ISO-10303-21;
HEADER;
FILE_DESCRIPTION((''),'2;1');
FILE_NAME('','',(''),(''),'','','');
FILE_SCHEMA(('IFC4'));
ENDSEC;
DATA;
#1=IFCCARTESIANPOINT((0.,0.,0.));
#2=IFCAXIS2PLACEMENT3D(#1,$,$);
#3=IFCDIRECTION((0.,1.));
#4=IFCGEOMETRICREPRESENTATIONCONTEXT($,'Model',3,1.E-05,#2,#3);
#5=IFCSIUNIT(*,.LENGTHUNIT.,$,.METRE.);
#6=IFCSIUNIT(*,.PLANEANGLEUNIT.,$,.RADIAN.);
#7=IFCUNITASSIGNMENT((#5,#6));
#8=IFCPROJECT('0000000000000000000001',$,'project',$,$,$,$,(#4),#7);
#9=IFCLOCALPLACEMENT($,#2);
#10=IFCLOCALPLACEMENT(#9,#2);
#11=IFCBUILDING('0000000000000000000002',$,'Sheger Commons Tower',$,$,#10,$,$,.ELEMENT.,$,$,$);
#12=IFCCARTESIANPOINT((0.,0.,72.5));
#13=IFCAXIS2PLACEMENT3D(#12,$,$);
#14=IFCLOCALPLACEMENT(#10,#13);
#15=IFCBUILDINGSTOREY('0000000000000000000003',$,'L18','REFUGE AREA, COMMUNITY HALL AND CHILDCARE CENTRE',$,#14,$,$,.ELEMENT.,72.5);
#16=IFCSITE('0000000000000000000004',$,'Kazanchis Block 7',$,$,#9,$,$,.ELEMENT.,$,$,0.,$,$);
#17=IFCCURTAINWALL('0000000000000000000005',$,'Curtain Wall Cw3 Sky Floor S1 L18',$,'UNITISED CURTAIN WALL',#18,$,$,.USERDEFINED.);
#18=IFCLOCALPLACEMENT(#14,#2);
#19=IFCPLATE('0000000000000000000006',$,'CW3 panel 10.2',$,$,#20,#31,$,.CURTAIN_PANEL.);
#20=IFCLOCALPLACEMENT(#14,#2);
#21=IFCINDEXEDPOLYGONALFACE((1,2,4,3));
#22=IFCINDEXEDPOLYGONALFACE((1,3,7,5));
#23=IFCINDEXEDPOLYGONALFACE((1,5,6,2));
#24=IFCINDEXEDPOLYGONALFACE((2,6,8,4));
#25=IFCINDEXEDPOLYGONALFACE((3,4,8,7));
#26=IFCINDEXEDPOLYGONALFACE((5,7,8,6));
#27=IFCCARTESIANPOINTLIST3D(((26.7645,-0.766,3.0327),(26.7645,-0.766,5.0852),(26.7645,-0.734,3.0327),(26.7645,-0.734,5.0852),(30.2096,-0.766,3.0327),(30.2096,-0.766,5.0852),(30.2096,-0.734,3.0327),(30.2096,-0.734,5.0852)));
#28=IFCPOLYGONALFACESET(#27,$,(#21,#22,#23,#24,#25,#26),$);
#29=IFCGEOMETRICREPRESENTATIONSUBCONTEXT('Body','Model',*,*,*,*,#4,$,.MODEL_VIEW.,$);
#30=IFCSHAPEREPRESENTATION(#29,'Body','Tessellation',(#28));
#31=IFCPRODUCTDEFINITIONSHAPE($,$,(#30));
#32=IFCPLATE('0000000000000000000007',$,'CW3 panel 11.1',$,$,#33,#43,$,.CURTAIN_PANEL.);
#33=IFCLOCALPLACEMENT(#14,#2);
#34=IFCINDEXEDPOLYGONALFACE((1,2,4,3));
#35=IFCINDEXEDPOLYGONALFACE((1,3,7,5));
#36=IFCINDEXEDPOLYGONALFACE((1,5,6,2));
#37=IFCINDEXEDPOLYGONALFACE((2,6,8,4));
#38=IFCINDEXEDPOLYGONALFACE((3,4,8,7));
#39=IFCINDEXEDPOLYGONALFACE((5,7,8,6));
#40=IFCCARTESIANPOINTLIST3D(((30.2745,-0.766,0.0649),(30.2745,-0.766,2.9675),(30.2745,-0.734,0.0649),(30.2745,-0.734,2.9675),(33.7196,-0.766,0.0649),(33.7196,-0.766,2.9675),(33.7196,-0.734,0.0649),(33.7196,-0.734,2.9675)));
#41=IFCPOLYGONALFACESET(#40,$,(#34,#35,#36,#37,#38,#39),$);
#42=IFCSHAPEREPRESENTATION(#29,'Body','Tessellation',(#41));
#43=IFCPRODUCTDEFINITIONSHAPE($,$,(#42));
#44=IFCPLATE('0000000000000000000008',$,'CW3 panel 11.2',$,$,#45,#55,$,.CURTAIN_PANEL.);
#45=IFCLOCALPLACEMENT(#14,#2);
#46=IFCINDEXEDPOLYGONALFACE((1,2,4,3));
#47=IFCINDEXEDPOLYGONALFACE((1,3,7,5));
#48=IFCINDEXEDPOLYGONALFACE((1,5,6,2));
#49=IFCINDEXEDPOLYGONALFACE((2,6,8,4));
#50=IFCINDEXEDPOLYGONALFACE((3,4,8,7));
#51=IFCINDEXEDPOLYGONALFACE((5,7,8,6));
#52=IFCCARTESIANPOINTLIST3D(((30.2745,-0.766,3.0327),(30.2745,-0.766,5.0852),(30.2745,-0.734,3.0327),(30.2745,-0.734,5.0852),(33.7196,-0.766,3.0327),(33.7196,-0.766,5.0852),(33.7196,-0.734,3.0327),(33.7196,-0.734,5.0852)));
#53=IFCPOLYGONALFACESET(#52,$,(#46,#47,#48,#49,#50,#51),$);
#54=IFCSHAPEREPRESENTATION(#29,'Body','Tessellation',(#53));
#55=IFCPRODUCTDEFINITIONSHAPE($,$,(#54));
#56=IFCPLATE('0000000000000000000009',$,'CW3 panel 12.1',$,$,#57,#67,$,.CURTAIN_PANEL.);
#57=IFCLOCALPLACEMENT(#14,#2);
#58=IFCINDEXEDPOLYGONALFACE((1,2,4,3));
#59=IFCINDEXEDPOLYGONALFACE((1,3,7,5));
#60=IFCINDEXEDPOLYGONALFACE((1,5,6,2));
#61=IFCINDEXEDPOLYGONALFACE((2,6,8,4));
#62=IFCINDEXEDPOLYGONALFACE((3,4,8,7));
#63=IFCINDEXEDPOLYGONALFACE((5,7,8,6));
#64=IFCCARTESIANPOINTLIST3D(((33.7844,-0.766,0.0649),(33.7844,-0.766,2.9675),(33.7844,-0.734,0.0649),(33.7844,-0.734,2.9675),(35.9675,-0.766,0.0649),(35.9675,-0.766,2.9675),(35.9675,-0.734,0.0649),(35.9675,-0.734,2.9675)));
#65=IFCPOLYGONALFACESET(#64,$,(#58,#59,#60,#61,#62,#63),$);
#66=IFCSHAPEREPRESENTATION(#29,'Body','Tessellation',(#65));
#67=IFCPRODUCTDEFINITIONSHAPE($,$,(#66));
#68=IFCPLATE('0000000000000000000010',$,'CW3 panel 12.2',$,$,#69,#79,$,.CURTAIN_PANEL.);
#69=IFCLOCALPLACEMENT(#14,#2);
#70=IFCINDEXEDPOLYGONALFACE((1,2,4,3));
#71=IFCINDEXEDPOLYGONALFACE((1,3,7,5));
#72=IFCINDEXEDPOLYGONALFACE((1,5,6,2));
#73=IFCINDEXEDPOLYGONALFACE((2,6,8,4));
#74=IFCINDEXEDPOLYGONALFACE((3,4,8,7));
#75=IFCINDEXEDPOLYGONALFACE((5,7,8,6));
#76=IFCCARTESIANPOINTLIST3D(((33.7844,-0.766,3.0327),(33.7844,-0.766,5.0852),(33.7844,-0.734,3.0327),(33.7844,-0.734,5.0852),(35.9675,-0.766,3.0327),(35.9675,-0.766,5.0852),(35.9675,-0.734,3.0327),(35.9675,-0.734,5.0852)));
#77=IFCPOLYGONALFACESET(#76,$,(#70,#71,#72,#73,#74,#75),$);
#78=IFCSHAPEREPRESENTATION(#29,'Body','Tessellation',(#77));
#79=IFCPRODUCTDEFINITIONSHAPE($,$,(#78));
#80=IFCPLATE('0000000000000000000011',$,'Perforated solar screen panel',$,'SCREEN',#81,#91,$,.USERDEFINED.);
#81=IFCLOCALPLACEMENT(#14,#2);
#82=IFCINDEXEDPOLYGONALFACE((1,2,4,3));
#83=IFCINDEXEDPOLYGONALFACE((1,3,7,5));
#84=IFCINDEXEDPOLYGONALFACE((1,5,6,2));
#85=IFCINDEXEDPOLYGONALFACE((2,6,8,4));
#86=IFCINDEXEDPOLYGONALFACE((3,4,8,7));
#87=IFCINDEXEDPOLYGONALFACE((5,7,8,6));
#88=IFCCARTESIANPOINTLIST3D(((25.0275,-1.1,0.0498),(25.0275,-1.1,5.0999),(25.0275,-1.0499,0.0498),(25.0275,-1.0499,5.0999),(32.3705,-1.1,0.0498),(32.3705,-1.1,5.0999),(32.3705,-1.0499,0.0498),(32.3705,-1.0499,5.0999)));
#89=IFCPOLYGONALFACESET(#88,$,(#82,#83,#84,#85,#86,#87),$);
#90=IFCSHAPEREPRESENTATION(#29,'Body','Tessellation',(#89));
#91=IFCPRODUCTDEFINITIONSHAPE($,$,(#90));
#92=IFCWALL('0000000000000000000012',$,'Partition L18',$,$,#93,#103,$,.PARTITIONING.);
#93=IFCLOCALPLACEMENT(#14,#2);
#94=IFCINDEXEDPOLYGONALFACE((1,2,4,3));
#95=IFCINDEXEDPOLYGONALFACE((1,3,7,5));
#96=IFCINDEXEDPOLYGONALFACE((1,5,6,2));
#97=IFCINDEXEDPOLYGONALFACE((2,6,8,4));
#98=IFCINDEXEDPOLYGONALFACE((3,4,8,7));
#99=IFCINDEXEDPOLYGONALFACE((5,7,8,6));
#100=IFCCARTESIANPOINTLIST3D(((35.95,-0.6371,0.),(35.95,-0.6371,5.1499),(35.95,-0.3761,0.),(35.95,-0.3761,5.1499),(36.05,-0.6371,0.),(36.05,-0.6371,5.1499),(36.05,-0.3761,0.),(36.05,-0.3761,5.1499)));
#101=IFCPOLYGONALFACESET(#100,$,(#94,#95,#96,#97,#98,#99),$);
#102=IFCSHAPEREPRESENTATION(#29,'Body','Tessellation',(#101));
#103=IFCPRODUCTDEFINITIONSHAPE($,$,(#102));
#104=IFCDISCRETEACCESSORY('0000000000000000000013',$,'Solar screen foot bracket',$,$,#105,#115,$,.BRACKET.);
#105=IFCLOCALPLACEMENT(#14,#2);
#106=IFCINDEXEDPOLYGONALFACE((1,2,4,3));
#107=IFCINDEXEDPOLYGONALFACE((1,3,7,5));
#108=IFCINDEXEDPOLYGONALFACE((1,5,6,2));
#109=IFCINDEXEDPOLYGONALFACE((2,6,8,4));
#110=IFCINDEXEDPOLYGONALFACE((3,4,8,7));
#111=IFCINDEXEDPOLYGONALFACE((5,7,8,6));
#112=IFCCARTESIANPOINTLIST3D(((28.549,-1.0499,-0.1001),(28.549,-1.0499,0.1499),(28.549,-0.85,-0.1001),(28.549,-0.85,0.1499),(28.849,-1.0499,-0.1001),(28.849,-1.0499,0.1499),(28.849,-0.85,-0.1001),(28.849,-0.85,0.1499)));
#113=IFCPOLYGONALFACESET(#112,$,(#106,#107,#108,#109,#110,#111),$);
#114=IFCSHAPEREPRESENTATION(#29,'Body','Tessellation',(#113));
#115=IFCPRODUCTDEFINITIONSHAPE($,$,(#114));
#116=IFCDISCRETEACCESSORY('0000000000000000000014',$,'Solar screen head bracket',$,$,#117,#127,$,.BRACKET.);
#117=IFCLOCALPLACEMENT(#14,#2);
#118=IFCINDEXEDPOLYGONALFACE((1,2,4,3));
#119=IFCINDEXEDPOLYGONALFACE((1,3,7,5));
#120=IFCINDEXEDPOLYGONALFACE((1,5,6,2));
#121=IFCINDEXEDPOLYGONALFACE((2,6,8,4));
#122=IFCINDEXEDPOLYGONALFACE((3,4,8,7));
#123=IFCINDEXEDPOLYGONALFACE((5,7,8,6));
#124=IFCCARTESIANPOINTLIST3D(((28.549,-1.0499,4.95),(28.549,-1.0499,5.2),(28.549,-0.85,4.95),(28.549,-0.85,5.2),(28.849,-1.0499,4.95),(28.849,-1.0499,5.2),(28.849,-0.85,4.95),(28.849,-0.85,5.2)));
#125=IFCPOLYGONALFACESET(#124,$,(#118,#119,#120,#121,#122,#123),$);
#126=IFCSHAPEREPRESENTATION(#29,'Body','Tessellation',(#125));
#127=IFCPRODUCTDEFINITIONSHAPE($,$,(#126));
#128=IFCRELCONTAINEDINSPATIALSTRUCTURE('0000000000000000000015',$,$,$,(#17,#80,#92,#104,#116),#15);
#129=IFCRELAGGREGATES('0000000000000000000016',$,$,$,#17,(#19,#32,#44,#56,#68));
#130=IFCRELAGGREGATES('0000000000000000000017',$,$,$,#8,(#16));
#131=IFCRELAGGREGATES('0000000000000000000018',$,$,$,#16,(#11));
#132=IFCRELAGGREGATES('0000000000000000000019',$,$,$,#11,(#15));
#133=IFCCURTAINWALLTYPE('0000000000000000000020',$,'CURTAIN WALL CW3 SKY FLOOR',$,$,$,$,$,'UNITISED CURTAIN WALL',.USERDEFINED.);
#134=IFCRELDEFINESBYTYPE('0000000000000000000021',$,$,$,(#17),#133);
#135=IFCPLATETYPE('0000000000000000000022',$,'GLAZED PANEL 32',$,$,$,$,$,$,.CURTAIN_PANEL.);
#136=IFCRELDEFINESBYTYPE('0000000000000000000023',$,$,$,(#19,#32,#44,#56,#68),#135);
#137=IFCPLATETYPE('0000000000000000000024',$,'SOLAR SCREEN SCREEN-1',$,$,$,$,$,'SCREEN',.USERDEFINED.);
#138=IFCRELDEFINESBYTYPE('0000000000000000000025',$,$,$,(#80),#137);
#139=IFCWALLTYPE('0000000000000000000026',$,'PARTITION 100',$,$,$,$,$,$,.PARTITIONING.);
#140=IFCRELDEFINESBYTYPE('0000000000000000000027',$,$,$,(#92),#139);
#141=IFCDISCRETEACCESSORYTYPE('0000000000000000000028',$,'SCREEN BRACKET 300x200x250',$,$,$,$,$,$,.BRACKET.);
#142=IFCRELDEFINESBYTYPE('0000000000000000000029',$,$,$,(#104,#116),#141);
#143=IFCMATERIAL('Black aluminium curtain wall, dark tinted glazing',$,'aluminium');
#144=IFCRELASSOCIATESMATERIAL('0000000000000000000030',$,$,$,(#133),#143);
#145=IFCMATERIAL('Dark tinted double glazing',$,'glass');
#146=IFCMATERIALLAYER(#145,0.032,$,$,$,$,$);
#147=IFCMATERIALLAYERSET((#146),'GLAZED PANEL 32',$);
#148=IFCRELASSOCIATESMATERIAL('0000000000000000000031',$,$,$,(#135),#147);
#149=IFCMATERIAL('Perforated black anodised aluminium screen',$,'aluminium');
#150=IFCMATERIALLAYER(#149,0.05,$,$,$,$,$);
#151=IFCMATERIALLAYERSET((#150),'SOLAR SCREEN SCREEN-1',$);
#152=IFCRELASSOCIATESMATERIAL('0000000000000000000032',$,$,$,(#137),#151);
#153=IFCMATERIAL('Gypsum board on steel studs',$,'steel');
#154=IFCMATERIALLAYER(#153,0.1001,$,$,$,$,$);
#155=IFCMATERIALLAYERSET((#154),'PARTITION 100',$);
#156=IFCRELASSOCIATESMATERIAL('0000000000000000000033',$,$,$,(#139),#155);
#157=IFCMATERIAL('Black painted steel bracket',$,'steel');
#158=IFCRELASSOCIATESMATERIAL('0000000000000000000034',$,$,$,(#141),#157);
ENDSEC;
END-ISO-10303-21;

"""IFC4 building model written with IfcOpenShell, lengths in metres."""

from ifc_helpers import new_model, si_unit, direction, frame, frame_2d, origin, origin_2d, place, context, subcontext, project, spatial, rectangle, extrude, material, layer, layer_set, type_object, element, aggregate, save


model = new_model("IFC4")

# Units and contexts
model_context = context("Model", 3, precision=1e-05, world=origin(), true_north=direction((0.0, 1.0)))
body_context = subcontext(model_context, "Body", "Model", "MODEL_VIEW")
ifc_project = project(units=[si_unit("LENGTHUNIT", "METRE"), si_unit("PLANEANGLEUNIT", "RADIAN")], contexts=[model_context])

# Site, building, storey
site_placement = place(None, origin())
site = spatial("IfcSite", under=ifc_project, at=site_placement, Name="Kazanchis Block 7", CompositionType="ELEMENT", RefElevation=0.0)
building_placement = place(site_placement, origin())
building = spatial("IfcBuilding", under=site, at=building_placement, Name="Sheger Commons Tower", CompositionType="ELEMENT")
storey_placement = place(building_placement, frame((0.0, 0.0, 72.5)))
storey = spatial("IfcBuildingStorey", under=building, at=storey_placement, Name="L18", Description="REFUGE AREA, COMMUNITY HALL AND CHILDCARE CENTRE", CompositionType="ELEMENT", Elevation=72.5)

# Curtain wall
ifc_material_1 = material(Name="Black aluminium curtain wall, dark tinted glazing", Category="aluminium")
curtain_wall_type = type_object("IfcCurtainWallType", Name="CURTAIN WALL CW3 SKY FLOOR", ElementType="UNITISED CURTAIN WALL", PredefinedType="USERDEFINED", material=ifc_material_1)
curtain_wall_placement = place(storey_placement, origin())
curtain_wall = element("IfcCurtainWall", 1, at=curtain_wall_placement, inside=storey, type_object=curtain_wall_type, Name="Curtain Wall Cw3 Sky Floor S1 L18", ObjectType="UNITISED CURTAIN WALL", PredefinedType="USERDEFINED")

# Plates
ifc_material_2 = material(Name="Dark tinted double glazing", Category="glass")
ifc_layer_1 = layer(ifc_material_2, 0.032)
ifc_layer_set_1 = layer_set([ifc_layer_1], Name="GLAZED PANEL 32")
plate_type_1 = type_object("IfcPlateType", Name="GLAZED PANEL 32", PredefinedType="CURTAIN_PANEL", material=ifc_layer_set_1)
plate_1_placement = place(storey_placement, frame((28.4871, -0.75, 3.0327), z_axis=(0.0, 0.0, 1.0), x_axis=(1.0, 0.0, 0.0)))
plate_1 = element("IfcPlate", 2, at=plate_1_placement, type_object=plate_type_1, Name="CW3 panel 10.2", PredefinedType="CURTAIN_PANEL", context=body_context, shape_type="SweptSolid", body=[
    extrude(rectangle(XDim=3.4451, YDim=0.032, at=origin_2d()), origin(), (0.0, 0.0, 1.0), 2.0525),
])
plate_2_placement = place(storey_placement, frame((31.9971, -0.75, 0.0649), z_axis=(0.0, 0.0, 1.0), x_axis=(1.0, 0.0, 0.0)))
plate_2 = element("IfcPlate", 3, at=plate_2_placement, type_object=plate_type_1, Name="CW3 panel 11.1", PredefinedType="CURTAIN_PANEL", context=body_context, shape_type="SweptSolid", body=[
    extrude(rectangle(XDim=3.4451, YDim=0.032, at=origin_2d()), origin(), (0.0, 0.0, 1.0), 2.9026),
])
plate_3_placement = place(storey_placement, frame((31.9971, -0.75, 3.0327), z_axis=(0.0, 0.0, 1.0), x_axis=(1.0, 0.0, 0.0)))
plate_3 = element("IfcPlate", 4, at=plate_3_placement, type_object=plate_type_1, Name="CW3 panel 11.2", PredefinedType="CURTAIN_PANEL", context=body_context, shape_type="SweptSolid", body=[
    extrude(rectangle(XDim=3.4451, YDim=0.032, at=origin_2d()), origin(), (0.0, 0.0, 1.0), 2.0525),
])
plate_4_placement = place(storey_placement, frame((34.876, -0.75, 0.0649), z_axis=(0.0, 0.0, 1.0), x_axis=(1.0, 0.0, 0.0)))
plate_4 = element("IfcPlate", 5, at=plate_4_placement, type_object=plate_type_1, Name="CW3 panel 12.1", PredefinedType="CURTAIN_PANEL", context=body_context, shape_type="SweptSolid", body=[
    extrude(rectangle(XDim=2.1831, YDim=0.032, at=origin_2d()), origin(), (0.0, 0.0, 1.0), 2.9026),
])
plate_5_placement = place(storey_placement, frame((34.876, -0.75, 3.0327), z_axis=(0.0, 0.0, 1.0), x_axis=(1.0, 0.0, 0.0)))
plate_5 = element("IfcPlate", 6, at=plate_5_placement, type_object=plate_type_1, Name="CW3 panel 12.2", PredefinedType="CURTAIN_PANEL", context=body_context, shape_type="SweptSolid", body=[
    extrude(rectangle(XDim=2.1831, YDim=0.032, at=origin_2d()), origin(), (0.0, 0.0, 1.0), 2.0525),
])
aggregate(curtain_wall, [plate_1, plate_2, plate_3, plate_4, plate_5])
ifc_material_3 = material(Name="Perforated black anodised aluminium screen", Category="aluminium")
ifc_layer_2 = layer(ifc_material_3, 0.05)
ifc_layer_set_2 = layer_set([ifc_layer_2], Name="SOLAR SCREEN SCREEN-1")
plate_type_2 = type_object("IfcPlateType", Name="SOLAR SCREEN SCREEN-1", ElementType="SCREEN", PredefinedType="USERDEFINED", material=ifc_layer_set_2)
plate_6_placement = place(storey_placement, frame((28.699, -1.075, 0.0498), z_axis=(0.0, 0.0, 1.0), x_axis=(1.0, 0.0, 0.0)))
element("IfcPlate", 7, at=plate_6_placement, inside=storey, type_object=plate_type_2, Name="Perforated solar screen panel", ObjectType="SCREEN", PredefinedType="USERDEFINED", context=body_context, shape_type="SweptSolid", body=[
    extrude(rectangle(XDim=7.343, YDim=0.05, at=origin_2d()), origin(), (0.0, 0.0, 1.0), 5.05),
])

# Wall
ifc_material_4 = material(Name="Gypsum board on steel studs", Category="steel")
ifc_layer_3 = layer(ifc_material_4, 0.1001)
ifc_layer_set_3 = layer_set([ifc_layer_3], Name="PARTITION 100")
wall_type = type_object("IfcWallType", Name="PARTITION 100", PredefinedType="PARTITIONING", material=ifc_layer_set_3)
wall_placement = place(storey_placement, frame((36.0, -0.637, 0.0), z_axis=(0.0, 0.0, 1.0), x_axis=(0.0, 1.0, 0.0)))
element("IfcWall", 8, at=wall_placement, inside=storey, type_object=wall_type, Name="Partition L18", PredefinedType="PARTITIONING", context=body_context, shape_type="SweptSolid", body=[
    extrude(rectangle(XDim=0.261, YDim=0.1001, at=frame_2d((0.1304, 0.0))), origin(), (0.0, 0.0, 1.0), 5.1499),
])

# Discrete accessories
ifc_material_5 = material(Name="Black painted steel bracket", Category="steel")
discrete_accessory_type = type_object("IfcDiscreteAccessoryType", Name="SCREEN BRACKET 300x200x250", PredefinedType="BRACKET", material=ifc_material_5)
for number, where, z_axis, x_axis, name in (
    (9, (28.699, -0.95, -0.1001), (0.0, 0.0, 1.0), (1.0, 0.0, 0.0), "Solar screen foot bracket"),
    (10, (28.699, -0.95, 4.95), (0.0, 0.0, 1.0), (1.0, 0.0, 0.0), "Solar screen head bracket"),
):
    element("IfcDiscreteAccessory", number, at=place(storey_placement, frame(where, z_axis=z_axis, x_axis=x_axis)), inside=storey, type_object=discrete_accessory_type, Name=name, PredefinedType="BRACKET", context=body_context, shape_type="SweptSolid", body=[
        extrude(rectangle(XDim=0.3, YDim=0.2, at=origin_2d()), origin(), (0.0, 0.0, 1.0), 0.25),
    ])

save(model, "model.ifc")
